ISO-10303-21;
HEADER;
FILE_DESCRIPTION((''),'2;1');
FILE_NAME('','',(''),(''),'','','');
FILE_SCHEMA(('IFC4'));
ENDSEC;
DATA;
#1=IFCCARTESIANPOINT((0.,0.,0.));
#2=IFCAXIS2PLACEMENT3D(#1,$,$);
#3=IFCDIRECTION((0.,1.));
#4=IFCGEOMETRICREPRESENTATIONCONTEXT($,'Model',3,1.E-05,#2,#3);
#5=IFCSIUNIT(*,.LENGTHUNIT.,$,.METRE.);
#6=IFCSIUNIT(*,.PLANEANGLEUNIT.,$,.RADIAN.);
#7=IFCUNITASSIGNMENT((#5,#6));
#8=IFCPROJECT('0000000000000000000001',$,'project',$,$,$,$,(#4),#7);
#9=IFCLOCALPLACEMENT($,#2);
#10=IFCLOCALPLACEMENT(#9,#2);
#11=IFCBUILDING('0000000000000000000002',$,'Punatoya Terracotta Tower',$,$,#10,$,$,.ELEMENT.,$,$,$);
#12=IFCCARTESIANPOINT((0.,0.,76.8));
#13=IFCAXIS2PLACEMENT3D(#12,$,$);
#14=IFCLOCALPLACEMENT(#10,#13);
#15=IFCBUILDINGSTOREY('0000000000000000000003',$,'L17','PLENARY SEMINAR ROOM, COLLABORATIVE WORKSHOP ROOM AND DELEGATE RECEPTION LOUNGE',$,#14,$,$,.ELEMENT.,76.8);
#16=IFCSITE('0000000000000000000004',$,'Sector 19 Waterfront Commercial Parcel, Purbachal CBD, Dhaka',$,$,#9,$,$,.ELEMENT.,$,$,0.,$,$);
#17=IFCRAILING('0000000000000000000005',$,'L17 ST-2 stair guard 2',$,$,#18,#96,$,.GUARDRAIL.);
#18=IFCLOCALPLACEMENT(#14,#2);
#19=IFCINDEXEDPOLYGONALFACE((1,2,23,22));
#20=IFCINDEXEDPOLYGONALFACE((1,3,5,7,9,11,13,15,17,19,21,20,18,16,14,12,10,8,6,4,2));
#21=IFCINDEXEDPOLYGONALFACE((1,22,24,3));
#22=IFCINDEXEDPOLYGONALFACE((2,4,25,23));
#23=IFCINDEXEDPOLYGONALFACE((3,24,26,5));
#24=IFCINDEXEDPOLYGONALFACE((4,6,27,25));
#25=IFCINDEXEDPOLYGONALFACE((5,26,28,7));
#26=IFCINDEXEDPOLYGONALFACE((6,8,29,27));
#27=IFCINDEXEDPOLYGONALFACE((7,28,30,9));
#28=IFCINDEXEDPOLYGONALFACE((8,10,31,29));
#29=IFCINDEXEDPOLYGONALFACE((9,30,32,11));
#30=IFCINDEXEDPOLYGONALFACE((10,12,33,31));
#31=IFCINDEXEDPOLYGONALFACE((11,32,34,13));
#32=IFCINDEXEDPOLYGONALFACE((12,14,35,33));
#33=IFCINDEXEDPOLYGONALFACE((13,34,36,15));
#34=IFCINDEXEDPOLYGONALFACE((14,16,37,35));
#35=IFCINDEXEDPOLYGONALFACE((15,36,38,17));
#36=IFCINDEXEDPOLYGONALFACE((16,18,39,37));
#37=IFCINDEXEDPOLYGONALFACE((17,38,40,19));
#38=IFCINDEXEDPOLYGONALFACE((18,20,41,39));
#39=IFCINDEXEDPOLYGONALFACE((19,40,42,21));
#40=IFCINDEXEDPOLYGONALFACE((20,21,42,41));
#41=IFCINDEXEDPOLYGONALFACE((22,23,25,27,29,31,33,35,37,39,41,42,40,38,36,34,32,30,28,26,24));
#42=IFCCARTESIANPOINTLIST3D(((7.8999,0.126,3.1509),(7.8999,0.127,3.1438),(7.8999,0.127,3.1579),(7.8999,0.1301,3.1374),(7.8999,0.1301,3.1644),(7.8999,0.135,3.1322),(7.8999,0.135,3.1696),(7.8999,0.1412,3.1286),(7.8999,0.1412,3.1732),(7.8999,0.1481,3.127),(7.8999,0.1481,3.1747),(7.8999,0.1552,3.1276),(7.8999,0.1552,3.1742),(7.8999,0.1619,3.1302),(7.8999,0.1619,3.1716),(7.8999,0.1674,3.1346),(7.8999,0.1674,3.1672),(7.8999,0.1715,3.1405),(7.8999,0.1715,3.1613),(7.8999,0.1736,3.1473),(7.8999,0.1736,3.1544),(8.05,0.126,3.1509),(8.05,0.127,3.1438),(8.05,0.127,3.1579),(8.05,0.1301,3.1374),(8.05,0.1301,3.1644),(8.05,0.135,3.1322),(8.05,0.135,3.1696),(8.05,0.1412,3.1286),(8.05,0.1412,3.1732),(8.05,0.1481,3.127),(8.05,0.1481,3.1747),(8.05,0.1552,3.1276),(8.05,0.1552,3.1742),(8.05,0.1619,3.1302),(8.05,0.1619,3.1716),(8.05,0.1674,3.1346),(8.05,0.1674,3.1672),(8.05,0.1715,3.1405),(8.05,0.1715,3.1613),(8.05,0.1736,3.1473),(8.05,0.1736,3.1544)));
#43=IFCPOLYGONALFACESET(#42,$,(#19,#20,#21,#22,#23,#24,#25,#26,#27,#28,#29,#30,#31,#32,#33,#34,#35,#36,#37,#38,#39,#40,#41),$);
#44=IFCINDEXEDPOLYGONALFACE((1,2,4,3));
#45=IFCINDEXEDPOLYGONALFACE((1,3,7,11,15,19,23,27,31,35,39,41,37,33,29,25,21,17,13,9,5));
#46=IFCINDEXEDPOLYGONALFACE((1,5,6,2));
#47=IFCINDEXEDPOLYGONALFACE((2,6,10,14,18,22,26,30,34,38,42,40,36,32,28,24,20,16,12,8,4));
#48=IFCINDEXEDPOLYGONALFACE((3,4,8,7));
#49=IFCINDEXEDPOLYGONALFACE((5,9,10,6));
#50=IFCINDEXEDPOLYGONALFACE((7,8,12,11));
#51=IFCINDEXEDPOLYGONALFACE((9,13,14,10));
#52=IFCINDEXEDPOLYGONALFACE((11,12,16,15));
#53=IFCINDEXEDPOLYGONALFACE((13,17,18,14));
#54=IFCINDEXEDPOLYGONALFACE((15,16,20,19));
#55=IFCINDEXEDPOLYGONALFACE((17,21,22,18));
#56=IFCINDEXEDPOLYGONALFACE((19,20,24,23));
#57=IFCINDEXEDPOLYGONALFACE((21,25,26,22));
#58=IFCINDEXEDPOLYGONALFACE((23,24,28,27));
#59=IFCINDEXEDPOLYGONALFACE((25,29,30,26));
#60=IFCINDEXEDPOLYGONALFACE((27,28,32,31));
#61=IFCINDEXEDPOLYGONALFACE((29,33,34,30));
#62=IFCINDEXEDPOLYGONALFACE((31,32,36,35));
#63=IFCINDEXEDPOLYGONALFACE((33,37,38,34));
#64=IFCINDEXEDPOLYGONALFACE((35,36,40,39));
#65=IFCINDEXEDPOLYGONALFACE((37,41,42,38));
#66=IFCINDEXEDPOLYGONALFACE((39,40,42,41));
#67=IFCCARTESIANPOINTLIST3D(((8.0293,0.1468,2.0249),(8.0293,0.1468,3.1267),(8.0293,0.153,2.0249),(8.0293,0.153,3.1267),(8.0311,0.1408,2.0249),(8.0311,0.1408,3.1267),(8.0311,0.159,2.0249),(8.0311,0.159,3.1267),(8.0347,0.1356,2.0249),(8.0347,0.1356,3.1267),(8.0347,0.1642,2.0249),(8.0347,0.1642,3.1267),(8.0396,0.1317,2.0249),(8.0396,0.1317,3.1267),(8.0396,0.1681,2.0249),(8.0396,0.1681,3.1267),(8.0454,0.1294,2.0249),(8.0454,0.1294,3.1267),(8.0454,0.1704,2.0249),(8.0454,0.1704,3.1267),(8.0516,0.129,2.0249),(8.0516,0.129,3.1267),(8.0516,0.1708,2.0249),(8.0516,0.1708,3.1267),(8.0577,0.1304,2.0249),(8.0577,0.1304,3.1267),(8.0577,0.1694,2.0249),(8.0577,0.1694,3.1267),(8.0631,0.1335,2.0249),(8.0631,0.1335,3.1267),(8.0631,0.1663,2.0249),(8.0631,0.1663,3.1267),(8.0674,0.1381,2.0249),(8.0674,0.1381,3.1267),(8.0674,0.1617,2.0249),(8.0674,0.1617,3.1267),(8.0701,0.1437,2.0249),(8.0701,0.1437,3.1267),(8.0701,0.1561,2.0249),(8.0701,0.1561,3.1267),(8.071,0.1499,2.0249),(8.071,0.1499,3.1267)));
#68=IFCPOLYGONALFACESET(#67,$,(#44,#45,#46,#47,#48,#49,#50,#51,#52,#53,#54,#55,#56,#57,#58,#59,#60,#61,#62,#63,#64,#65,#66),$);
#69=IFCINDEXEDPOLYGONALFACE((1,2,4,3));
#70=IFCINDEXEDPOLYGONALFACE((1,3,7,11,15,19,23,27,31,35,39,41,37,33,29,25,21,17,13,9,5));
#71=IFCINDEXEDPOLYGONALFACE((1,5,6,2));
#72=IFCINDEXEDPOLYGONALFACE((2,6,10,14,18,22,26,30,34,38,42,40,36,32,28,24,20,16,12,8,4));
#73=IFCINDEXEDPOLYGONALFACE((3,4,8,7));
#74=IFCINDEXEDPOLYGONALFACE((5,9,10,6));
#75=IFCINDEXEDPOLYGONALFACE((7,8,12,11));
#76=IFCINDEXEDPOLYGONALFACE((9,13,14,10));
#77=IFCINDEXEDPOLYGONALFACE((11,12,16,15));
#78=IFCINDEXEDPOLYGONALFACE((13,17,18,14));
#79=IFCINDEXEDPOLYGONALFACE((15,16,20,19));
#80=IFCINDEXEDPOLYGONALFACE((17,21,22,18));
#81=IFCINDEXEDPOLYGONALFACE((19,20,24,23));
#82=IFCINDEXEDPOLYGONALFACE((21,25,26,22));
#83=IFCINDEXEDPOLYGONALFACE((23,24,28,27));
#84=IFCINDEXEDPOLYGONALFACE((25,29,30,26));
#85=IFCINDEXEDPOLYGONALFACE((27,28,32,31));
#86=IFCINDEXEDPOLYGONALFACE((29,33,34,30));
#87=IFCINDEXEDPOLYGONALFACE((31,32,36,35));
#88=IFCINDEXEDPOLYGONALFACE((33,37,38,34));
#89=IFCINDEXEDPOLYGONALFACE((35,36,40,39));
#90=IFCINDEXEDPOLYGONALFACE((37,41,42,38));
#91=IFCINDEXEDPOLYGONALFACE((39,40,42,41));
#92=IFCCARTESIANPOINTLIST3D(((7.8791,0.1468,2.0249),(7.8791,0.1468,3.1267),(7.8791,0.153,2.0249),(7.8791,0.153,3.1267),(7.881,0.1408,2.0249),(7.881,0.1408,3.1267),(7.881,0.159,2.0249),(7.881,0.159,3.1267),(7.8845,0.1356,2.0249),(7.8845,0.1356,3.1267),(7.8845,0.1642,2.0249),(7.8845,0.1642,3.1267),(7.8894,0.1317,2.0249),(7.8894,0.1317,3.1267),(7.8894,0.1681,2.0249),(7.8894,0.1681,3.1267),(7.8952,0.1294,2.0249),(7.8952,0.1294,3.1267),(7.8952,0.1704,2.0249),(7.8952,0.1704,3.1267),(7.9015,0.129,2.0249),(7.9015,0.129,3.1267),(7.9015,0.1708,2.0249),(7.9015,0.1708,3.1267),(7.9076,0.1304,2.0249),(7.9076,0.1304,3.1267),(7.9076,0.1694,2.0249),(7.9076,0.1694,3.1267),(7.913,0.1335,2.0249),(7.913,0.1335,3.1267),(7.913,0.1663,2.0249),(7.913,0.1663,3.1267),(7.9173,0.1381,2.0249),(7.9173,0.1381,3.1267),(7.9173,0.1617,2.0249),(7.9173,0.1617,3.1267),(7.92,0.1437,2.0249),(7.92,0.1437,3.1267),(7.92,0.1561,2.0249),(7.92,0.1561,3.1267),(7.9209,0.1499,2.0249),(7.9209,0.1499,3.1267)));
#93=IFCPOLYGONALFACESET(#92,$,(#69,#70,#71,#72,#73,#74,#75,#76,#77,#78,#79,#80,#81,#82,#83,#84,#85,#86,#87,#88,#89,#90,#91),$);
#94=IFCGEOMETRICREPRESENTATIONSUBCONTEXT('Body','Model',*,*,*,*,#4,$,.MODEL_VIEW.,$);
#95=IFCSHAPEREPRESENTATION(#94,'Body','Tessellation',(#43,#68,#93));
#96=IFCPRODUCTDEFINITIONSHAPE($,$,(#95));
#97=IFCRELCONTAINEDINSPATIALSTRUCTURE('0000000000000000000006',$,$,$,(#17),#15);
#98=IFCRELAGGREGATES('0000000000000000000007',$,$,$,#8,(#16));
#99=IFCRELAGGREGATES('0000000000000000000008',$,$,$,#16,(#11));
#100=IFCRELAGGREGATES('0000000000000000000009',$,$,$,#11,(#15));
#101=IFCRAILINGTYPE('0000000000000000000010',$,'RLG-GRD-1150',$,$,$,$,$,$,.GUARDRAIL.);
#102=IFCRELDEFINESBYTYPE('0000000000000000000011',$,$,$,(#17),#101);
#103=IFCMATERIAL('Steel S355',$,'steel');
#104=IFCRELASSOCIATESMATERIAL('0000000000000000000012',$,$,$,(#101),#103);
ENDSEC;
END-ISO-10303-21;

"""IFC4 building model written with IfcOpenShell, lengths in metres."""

from ifc_helpers import new_model, si_unit, direction, frame, origin, origin_2d, place, context, subcontext, project, spatial, circle, extrude, material, type_object, element, save


model = new_model("IFC4")

# Units and contexts
model_context = context("Model", 3, precision=1e-05, world=origin(), true_north=direction((0.0, 1.0)))
body_context = subcontext(model_context, "Body", "Model", "MODEL_VIEW")
ifc_project = project(units=[si_unit("LENGTHUNIT", "METRE"), si_unit("PLANEANGLEUNIT", "RADIAN")], contexts=[model_context])

# Site, building, storey
site_placement = place(None, origin())
site = spatial("IfcSite", under=ifc_project, at=site_placement, Name="Sector 19 Waterfront Commercial Parcel, Purbachal CBD, Dhaka", CompositionType="ELEMENT", RefElevation=0.0)
building_placement = place(site_placement, origin())
building = spatial("IfcBuilding", under=site, at=building_placement, Name="Punatoya Terracotta Tower", CompositionType="ELEMENT")
storey_placement = place(building_placement, frame((0.0, 0.0, 76.8)))
storey = spatial("IfcBuildingStorey", under=building, at=storey_placement, Name="L17", Description="PLENARY SEMINAR ROOM, COLLABORATIVE WORKSHOP ROOM AND DELEGATE RECEPTION LOUNGE", CompositionType="ELEMENT", Elevation=76.8)

# Shared definitions
ifc_material_1 = material(Name="Steel S355", Category="steel")

# Railing
railing_type_1 = type_object("IfcRailingType", Name="RLG-GRD-1150", PredefinedType="GUARDRAIL", material=ifc_material_1)
railing_1_placement = place(storey_placement, frame((8.05, 0.1499, 2.0249)))
element("IfcRailing", 1, at=railing_1_placement, inside=storey, type_object=railing_type_1, Name="L17 ST-2 stair guard 2", PredefinedType="GUARDRAIL", context=body_context, shape_type="SweptSolid", body=[
    extrude(circle(Radius=0.0239, at=origin_2d()), frame((0.0, 0.0, 1.126), z_axis=(-1.0, 0.0, 0.0), x_axis=(0.0, -1.0, 0.0)), (0.0, 0.0, 1.0), 0.1501),
    extrude(circle(Radius=0.021, at=origin_2d()), origin(), (0.0, 0.0, 1.0), 1.1018),
    extrude(circle(Radius=0.021, at=origin_2d()), frame((-0.1501, 0.0, 0.0)), (0.0, 0.0, 1.0), 1.1018),
])

save(model, "model.ifc")
